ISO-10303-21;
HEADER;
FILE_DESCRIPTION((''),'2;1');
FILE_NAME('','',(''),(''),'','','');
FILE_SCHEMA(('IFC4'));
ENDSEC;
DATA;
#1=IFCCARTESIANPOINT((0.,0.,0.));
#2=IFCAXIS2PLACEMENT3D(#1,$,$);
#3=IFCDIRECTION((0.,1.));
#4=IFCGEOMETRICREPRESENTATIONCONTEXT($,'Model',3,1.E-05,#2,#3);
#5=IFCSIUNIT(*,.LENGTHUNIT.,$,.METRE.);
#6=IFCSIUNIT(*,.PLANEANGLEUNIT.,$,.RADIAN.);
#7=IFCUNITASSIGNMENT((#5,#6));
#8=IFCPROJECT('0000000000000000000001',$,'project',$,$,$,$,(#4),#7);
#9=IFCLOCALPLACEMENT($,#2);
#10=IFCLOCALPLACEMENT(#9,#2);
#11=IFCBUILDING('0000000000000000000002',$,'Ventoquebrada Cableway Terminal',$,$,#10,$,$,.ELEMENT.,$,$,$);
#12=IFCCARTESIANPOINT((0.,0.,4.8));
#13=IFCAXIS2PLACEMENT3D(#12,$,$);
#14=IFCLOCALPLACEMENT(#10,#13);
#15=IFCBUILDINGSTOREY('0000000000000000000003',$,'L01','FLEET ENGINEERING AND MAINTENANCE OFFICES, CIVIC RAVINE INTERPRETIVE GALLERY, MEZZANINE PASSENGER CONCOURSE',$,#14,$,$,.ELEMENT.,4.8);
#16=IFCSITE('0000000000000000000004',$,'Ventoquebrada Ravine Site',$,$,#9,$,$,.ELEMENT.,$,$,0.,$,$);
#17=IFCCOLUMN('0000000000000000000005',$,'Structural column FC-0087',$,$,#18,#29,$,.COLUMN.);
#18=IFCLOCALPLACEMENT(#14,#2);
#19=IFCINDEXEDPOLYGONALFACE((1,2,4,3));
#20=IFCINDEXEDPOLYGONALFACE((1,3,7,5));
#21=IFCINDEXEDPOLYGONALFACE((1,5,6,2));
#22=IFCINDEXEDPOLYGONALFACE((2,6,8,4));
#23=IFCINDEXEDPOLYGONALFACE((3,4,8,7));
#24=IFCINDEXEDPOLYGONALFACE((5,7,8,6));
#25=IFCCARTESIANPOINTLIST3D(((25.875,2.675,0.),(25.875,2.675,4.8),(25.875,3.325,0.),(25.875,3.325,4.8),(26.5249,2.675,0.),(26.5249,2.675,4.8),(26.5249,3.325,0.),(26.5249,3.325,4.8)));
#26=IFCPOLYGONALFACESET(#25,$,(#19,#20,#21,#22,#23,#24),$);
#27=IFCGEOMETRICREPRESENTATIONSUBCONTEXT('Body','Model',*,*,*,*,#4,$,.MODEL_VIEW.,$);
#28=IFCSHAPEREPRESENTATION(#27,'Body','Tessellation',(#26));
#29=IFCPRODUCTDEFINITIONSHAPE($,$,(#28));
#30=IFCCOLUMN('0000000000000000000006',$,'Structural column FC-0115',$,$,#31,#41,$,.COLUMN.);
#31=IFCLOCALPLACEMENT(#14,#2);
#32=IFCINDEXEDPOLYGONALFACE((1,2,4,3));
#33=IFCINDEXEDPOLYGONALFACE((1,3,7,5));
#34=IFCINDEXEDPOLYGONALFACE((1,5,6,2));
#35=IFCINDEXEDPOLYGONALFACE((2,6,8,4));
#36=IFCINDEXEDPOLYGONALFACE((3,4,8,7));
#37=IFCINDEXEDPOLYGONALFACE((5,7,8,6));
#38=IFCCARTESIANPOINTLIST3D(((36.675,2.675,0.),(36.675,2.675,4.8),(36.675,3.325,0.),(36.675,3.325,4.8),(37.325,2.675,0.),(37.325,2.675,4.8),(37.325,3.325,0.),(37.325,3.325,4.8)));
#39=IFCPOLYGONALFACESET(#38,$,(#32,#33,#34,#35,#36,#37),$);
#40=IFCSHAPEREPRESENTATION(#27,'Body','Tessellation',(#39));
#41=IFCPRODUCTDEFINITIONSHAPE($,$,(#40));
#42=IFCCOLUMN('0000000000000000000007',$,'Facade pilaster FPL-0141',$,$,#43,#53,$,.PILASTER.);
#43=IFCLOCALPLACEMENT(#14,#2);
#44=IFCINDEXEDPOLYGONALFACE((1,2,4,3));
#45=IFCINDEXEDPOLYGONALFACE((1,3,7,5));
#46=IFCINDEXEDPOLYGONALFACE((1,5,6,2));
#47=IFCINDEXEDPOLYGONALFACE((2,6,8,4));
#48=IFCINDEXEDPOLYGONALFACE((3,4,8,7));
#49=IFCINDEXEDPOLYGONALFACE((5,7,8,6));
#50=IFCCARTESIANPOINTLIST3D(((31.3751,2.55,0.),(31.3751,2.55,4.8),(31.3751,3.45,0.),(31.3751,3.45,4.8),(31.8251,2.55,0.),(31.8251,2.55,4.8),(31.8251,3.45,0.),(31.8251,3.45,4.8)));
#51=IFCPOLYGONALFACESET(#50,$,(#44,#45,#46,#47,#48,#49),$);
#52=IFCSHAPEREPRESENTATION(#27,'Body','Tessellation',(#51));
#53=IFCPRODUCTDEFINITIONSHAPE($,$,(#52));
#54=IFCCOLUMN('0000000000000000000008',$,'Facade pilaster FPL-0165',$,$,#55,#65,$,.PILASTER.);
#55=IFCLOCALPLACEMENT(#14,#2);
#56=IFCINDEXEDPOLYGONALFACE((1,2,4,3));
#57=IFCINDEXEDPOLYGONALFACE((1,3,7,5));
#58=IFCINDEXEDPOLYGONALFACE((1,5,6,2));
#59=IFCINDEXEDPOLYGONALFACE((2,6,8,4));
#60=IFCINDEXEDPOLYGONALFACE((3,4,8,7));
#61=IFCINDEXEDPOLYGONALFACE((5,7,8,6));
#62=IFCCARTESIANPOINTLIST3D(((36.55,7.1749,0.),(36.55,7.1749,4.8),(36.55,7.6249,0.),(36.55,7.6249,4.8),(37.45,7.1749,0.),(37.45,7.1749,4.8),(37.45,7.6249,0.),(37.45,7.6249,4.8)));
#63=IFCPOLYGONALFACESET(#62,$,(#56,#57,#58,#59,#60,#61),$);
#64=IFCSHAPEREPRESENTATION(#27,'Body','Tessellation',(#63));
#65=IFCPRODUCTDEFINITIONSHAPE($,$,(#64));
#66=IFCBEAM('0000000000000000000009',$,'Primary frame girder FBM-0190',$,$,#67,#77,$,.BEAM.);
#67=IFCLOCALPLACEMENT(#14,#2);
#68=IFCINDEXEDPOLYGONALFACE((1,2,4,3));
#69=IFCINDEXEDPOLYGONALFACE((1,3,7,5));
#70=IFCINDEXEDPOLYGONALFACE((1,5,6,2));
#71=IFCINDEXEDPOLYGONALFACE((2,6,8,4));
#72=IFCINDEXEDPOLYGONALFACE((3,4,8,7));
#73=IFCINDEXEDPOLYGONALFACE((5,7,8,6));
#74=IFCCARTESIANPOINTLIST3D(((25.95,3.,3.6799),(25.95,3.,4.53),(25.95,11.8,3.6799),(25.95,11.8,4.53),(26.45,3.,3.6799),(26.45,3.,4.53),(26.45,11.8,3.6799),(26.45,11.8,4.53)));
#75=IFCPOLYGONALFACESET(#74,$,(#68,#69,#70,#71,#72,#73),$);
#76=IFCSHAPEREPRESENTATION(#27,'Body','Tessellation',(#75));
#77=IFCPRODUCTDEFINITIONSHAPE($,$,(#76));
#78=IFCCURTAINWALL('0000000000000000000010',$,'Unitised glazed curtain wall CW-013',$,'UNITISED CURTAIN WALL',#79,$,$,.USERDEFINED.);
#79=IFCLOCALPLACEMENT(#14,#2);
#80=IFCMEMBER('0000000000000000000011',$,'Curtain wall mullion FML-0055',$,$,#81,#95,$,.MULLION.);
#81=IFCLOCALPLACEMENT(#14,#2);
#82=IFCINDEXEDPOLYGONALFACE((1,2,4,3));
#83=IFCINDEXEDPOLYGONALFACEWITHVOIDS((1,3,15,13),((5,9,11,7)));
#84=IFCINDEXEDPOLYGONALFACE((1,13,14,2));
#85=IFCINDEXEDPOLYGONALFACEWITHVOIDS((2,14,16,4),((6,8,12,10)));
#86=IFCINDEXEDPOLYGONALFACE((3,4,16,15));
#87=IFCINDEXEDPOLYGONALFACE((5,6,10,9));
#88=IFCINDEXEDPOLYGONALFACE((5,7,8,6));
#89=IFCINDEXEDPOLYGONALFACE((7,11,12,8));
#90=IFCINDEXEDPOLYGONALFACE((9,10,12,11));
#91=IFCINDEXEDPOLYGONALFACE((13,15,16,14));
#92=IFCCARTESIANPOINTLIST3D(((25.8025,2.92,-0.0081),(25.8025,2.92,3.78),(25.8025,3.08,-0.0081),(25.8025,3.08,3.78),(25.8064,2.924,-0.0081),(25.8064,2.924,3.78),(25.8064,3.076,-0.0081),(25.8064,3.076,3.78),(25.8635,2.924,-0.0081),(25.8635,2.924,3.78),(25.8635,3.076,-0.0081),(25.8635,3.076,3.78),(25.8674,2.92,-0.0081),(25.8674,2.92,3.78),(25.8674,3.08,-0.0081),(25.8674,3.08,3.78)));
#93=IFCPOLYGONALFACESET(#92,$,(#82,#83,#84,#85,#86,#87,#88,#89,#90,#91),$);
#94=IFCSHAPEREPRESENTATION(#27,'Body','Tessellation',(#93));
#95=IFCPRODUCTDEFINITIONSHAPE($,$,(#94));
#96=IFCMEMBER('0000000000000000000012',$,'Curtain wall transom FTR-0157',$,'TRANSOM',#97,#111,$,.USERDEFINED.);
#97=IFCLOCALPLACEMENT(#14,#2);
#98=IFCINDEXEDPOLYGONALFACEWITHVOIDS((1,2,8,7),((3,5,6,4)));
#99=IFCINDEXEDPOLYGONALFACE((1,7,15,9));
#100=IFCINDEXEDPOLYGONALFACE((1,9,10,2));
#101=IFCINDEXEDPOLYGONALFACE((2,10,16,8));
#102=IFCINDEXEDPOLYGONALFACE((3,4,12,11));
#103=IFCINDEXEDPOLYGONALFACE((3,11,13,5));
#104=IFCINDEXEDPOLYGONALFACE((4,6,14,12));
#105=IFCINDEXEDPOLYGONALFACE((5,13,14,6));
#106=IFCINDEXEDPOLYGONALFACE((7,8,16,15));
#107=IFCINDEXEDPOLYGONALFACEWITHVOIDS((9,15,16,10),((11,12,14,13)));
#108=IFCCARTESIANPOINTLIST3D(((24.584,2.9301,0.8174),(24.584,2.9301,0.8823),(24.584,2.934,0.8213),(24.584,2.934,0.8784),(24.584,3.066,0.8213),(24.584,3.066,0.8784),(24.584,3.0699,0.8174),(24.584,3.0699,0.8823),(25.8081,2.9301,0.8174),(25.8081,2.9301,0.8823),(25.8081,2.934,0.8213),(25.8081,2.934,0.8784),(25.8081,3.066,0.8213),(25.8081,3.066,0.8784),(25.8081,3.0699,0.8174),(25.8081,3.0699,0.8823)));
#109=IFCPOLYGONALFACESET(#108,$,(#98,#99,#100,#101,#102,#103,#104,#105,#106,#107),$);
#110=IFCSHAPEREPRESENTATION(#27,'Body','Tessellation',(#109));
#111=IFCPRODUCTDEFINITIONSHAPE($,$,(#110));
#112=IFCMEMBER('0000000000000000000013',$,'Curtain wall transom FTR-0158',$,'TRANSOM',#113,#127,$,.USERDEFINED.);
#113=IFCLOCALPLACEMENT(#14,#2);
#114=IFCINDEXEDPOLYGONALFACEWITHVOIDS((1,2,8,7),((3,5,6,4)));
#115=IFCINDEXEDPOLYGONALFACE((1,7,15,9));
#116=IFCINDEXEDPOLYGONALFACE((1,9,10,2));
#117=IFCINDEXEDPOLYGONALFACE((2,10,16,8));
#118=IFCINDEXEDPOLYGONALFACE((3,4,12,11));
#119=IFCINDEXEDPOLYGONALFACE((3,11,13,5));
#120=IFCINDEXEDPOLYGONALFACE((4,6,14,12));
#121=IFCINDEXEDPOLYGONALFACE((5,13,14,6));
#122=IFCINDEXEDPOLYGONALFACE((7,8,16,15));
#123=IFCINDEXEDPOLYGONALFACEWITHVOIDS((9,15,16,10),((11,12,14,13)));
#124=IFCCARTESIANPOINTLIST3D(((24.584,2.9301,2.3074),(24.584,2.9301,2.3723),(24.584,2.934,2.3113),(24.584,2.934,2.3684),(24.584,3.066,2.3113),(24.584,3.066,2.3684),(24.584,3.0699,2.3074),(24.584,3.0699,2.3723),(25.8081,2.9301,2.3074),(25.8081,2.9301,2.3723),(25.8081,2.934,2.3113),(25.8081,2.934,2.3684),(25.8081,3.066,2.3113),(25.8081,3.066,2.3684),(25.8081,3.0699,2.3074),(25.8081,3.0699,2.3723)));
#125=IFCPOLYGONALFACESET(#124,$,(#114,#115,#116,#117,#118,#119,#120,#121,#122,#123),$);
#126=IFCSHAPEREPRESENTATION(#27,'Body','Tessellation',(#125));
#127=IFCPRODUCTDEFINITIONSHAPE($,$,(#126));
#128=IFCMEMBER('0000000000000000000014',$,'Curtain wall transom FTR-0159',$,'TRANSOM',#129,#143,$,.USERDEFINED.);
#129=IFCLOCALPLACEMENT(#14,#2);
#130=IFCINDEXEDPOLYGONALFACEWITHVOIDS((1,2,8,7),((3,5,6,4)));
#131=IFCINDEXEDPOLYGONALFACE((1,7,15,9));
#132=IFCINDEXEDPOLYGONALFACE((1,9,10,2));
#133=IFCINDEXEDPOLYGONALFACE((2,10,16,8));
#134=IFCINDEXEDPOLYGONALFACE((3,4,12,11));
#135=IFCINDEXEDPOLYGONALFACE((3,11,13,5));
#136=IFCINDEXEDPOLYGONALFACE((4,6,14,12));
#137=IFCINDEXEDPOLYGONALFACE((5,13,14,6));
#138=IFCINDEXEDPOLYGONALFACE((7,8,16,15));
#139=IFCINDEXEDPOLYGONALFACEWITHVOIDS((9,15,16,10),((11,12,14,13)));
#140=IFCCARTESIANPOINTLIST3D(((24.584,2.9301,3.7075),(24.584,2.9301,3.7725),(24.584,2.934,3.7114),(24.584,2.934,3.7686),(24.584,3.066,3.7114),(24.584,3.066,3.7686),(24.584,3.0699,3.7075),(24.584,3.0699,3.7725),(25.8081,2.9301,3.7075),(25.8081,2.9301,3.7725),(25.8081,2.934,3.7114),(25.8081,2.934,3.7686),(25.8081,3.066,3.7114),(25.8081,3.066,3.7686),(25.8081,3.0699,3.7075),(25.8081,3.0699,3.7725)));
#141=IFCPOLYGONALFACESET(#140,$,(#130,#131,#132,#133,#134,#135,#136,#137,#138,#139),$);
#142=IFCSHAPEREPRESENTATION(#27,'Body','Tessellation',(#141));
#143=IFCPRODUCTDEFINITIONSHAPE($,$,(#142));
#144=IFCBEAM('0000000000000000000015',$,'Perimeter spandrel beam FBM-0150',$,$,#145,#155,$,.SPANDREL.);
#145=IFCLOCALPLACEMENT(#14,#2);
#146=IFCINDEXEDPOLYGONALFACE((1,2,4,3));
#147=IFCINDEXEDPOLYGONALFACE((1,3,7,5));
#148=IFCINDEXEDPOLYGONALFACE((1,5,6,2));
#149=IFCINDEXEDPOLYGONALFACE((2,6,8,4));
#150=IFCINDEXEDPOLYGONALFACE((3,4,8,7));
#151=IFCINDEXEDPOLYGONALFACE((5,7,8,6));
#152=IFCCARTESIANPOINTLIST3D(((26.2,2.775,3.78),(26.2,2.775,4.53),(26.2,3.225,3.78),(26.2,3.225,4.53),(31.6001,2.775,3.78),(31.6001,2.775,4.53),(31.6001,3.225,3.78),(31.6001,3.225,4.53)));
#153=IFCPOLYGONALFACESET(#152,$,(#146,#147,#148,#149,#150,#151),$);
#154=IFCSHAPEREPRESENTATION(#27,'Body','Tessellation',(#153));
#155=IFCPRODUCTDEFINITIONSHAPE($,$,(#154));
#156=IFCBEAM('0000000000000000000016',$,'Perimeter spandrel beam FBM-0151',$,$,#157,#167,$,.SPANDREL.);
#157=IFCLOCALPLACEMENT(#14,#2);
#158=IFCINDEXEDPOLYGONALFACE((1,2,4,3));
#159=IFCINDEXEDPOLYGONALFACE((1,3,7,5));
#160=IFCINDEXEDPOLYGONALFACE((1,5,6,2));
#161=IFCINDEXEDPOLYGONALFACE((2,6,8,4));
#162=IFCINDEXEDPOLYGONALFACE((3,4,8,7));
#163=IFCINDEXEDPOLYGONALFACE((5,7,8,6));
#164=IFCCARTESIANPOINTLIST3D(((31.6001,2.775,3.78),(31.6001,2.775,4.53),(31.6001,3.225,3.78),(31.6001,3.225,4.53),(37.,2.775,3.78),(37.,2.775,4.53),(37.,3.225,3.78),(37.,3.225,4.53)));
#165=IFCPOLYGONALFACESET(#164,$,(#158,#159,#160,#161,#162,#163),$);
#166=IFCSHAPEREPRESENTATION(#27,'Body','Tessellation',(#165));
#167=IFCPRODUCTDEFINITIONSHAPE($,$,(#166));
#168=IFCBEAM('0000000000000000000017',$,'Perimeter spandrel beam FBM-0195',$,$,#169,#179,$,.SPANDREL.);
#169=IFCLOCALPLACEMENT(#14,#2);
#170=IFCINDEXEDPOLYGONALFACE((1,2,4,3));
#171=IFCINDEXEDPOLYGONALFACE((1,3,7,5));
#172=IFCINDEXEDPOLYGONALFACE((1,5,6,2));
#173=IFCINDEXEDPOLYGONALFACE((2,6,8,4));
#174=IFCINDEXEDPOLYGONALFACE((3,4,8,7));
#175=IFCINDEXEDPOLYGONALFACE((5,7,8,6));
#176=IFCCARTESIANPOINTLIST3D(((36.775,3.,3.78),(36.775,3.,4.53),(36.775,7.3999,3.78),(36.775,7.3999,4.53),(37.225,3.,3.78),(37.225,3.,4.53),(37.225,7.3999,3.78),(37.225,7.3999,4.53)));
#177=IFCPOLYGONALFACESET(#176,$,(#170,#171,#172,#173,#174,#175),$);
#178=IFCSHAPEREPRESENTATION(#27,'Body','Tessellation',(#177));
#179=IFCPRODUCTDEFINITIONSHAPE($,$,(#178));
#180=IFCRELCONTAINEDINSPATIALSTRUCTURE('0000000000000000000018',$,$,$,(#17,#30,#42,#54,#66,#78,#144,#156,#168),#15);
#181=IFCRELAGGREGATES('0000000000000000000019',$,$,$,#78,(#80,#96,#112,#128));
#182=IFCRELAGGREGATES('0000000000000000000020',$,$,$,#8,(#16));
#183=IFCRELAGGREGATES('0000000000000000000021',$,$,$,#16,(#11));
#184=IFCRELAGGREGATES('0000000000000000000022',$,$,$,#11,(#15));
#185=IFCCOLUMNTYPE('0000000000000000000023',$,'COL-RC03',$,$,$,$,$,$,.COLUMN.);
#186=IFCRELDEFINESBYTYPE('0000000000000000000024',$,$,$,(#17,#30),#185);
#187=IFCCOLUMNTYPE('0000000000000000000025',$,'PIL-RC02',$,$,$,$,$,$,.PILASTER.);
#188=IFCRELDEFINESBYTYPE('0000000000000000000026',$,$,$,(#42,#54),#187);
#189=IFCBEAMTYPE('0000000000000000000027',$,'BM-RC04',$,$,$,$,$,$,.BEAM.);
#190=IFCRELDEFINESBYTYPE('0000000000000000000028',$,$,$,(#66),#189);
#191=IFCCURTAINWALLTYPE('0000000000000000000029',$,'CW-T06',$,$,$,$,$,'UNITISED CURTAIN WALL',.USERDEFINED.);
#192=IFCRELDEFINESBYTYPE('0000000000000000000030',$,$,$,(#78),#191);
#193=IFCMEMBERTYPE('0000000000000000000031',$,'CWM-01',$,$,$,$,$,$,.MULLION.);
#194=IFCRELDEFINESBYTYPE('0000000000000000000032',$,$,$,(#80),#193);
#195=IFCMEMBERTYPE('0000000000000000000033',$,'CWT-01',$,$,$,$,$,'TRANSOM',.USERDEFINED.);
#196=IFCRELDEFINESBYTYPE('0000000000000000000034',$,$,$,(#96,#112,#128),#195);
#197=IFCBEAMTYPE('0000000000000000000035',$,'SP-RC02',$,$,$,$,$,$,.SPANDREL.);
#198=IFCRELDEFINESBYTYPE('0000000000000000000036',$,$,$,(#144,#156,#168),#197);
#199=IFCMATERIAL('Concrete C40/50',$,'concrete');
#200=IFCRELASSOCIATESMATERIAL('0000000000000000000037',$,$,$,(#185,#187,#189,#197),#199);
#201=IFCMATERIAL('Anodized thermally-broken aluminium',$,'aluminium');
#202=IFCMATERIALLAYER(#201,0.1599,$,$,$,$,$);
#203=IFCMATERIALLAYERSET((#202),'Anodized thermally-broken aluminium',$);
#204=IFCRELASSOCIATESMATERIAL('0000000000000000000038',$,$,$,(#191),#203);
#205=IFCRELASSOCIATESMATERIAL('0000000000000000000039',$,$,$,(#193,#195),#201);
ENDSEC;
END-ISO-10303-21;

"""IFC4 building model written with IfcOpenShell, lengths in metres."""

from ifc_helpers import new_model, si_unit, direction, frame, origin, origin_2d, place, context, subcontext, project, spatial, rectangle, hollow_rectangle, extrude, material, layer, layer_set, material_profile, profile_set, type_object, element, aggregate, save


model = new_model("IFC4")

# Units and contexts
model_context = context("Model", 3, precision=1e-05, world=origin(), true_north=direction((0.0, 1.0)))
body_context = subcontext(model_context, "Body", "Model", "MODEL_VIEW")
ifc_project = project(units=[si_unit("LENGTHUNIT", "METRE"), si_unit("PLANEANGLEUNIT", "RADIAN")], contexts=[model_context])

# Site, building, storey
site_placement = place(None, origin())
site = spatial("IfcSite", under=ifc_project, at=site_placement, Name="Ventoquebrada Ravine Site", CompositionType="ELEMENT", RefElevation=0.0)
building_placement = place(site_placement, origin())
building = spatial("IfcBuilding", under=site, at=building_placement, Name="Ventoquebrada Cableway Terminal", CompositionType="ELEMENT")
storey_placement = place(building_placement, frame((0.0, 0.0, 4.8)))
storey = spatial("IfcBuildingStorey", under=building, at=storey_placement, Name="L01", Description="FLEET ENGINEERING AND MAINTENANCE OFFICES, CIVIC RAVINE INTERPRETIVE GALLERY, MEZZANINE PASSENGER CONCOURSE", CompositionType="ELEMENT", Elevation=4.8)

# Columns
ifc_material_1 = material(Name="Concrete C40/50", Category="concrete")
ifc_material_profile_1 = material_profile(ifc_material_1, rectangle(XDim=0.6499, YDim=0.6499, at=origin_2d()), Name="RC-COL-650X650")
ifc_profile_set_1 = profile_set([ifc_material_profile_1], Name="Concrete C40/50")
column_type_1 = type_object("IfcColumnType", Name="COL-RC03", PredefinedType="COLUMN", material=ifc_profile_set_1)
for number, where, z_axis, x_axis, name in (
    (1, (26.2, 3.0, 0.0), (0.0, 0.0, 1.0), (1.0, 0.0, 0.0), "Structural column FC-0087"),
    (2, (37.0, 3.0, 0.0), (0.0, 0.0, 1.0), (1.0, 0.0, 0.0), "Structural column FC-0115"),
):
    element("IfcColumn", number, at=place(storey_placement, frame(where, z_axis=z_axis, x_axis=x_axis)), inside=storey, type_object=column_type_1, Name=name, PredefinedType="COLUMN", context=body_context, shape_type="SweptSolid", body=[
        extrude(rectangle(XDim=0.6499, YDim=0.6499, at=origin_2d()), origin(), (0.0, 0.0, 1.0), 4.8),
    ])
ifc_material_profile_2 = material_profile(ifc_material_1, rectangle(XDim=0.45, YDim=0.8999, at=origin_2d()), Name="RC-PIL-450X900")
ifc_profile_set_2 = profile_set([ifc_material_profile_2], Name="Concrete C40/50")
column_type_2 = type_object("IfcColumnType", Name="PIL-RC02", PredefinedType="PILASTER", material=ifc_profile_set_2)
for number, where, z_axis, x_axis, name in (
    (3, (31.6001, 3.0, 0.0), (0.0, 0.0, 1.0), (1.0, 0.0, 0.0), "Facade pilaster FPL-0141"),
    (4, (37.0, 7.3999, 0.0), (0.0, 0.0, 1.0), (0.0, 1.0, 0.0), "Facade pilaster FPL-0165"),
):
    element("IfcColumn", number, at=place(storey_placement, frame(where, z_axis=z_axis, x_axis=x_axis)), inside=storey, type_object=column_type_2, Name=name, PredefinedType="PILASTER", context=body_context, shape_type="SweptSolid", body=[
        extrude(rectangle(XDim=0.45, YDim=0.8999, at=origin_2d()), origin(), (0.0, 0.0, 1.0), 4.8),
    ])

# Beam
ifc_material_profile_3 = material_profile(ifc_material_1, rectangle(XDim=0.5, YDim=0.8501, at=origin_2d()), Name="RC-BM-500X850")
ifc_profile_set_3 = profile_set([ifc_material_profile_3], Name="Concrete C40/50")
beam_type_1 = type_object("IfcBeamType", Name="BM-RC04", PredefinedType="BEAM", material=ifc_profile_set_3)
beam_1_placement = place(storey_placement, frame((26.2, 3.0, 4.105), z_axis=(0.0, 1.0, 0.0), x_axis=(-1.0, 0.0, 0.0)))
element("IfcBeam", 5, at=beam_1_placement, inside=storey, type_object=beam_type_1, Name="Primary frame girder FBM-0190", PredefinedType="BEAM", context=body_context, shape_type="SweptSolid", body=[
    extrude(rectangle(XDim=0.5, YDim=0.8501, at=origin_2d()), origin(), (0.0, 0.0, 1.0), 8.8),
])

# Curtain wall, members
ifc_material_2 = material(Name="Anodized thermally-broken aluminium", Category="aluminium")
ifc_layer_1 = layer(ifc_material_2, 0.1599)
ifc_layer_set_1 = layer_set([ifc_layer_1], Name="Anodized thermally-broken aluminium")
curtain_wall_type = type_object("IfcCurtainWallType", Name="CW-T06", ElementType="UNITISED CURTAIN WALL", PredefinedType="USERDEFINED", material=ifc_layer_set_1)
curtain_wall_placement = place(storey_placement, origin())
curtain_wall = element("IfcCurtainWall", 6, at=curtain_wall_placement, inside=storey, type_object=curtain_wall_type, Name="Unitised glazed curtain wall CW-013", ObjectType="UNITISED CURTAIN WALL", PredefinedType="USERDEFINED")
ifc_material_profile_4 = material_profile(ifc_material_2, hollow_rectangle(XDim=0.0649, YDim=0.1599, WallThickness=0.0039, at=origin_2d()), Name="CW-MUL-65X160")
ifc_profile_set_4 = profile_set([ifc_material_profile_4], Name="Anodized thermally-broken aluminium")
member_type_1 = type_object("IfcMemberType", Name="CWM-01", PredefinedType="MULLION", material=ifc_profile_set_4)
member_1_placement = place(storey_placement, frame((25.835, 3.0, -0.0081), z_axis=(0.0, 0.0, 1.0), x_axis=(1.0, 0.0, 0.0)))
member_1 = element("IfcMember", 7, at=member_1_placement, type_object=member_type_1, Name="Curtain wall mullion FML-0055", PredefinedType="MULLION", context=body_context, shape_type="SweptSolid", body=[
    extrude(hollow_rectangle(XDim=0.0649, YDim=0.1599, WallThickness=0.0039, at=origin_2d()), origin(), (0.0, 0.0, 1.0), 3.7881),
])
ifc_material_profile_5 = material_profile(ifc_material_2, hollow_rectangle(XDim=0.0649, YDim=0.1399, WallThickness=0.0039, at=origin_2d()), Name="CW-TRN-65X140")
ifc_profile_set_5 = profile_set([ifc_material_profile_5], Name="Anodized thermally-broken aluminium")
member_type_2 = type_object("IfcMemberType", Name="CWT-01", ElementType="TRANSOM", PredefinedType="USERDEFINED", material=ifc_profile_set_5)
member_2_placement = place(storey_placement, frame((24.584, 3.0, 0.8499), z_axis=(1.0, 0.0, 0.0), x_axis=(0.0, 0.0, 1.0)))
member_2 = element("IfcMember", 8, at=member_2_placement, type_object=member_type_2, Name="Curtain wall transom FTR-0157", ObjectType="TRANSOM", PredefinedType="USERDEFINED", context=body_context, shape_type="SweptSolid", body=[
    extrude(hollow_rectangle(XDim=0.0649, YDim=0.1399, WallThickness=0.0039, at=origin_2d()), origin(), (0.0, 0.0, 1.0), 1.2241),
])
member_3_placement = place(storey_placement, frame((24.584, 3.0, 2.3398), z_axis=(1.0, 0.0, 0.0), x_axis=(0.0, 0.0, 1.0)))
member_3 = element("IfcMember", 9, at=member_3_placement, type_object=member_type_2, Name="Curtain wall transom FTR-0158", ObjectType="TRANSOM", PredefinedType="USERDEFINED", context=body_context, shape_type="SweptSolid", body=[
    extrude(hollow_rectangle(XDim=0.0649, YDim=0.1399, WallThickness=0.0039, at=origin_2d()), origin(), (0.0, 0.0, 1.0), 1.2241),
])
member_4_placement = place(storey_placement, frame((24.584, 3.0, 3.74), z_axis=(1.0, 0.0, 0.0), x_axis=(0.0, 0.0, 1.0)))
member_4 = element("IfcMember", 10, at=member_4_placement, type_object=member_type_2, Name="Curtain wall transom FTR-0159", ObjectType="TRANSOM", PredefinedType="USERDEFINED", context=body_context, shape_type="SweptSolid", body=[
    extrude(hollow_rectangle(XDim=0.0649, YDim=0.1399, WallThickness=0.0039, at=origin_2d()), origin(), (0.0, 0.0, 1.0), 1.2241),
])

# Beams
ifc_material_profile_6 = material_profile(ifc_material_1, rectangle(XDim=0.45, YDim=0.75, at=origin_2d()), Name="RC-BM-450X750")
ifc_profile_set_6 = profile_set([ifc_material_profile_6], Name="Concrete C40/50")
beam_type_2 = type_object("IfcBeamType", Name="SP-RC02", PredefinedType="SPANDREL", material=ifc_profile_set_6)
beam_2_placement = place(storey_placement, frame((26.2, 3.0, 4.155), z_axis=(1.0, 0.0, 0.0), x_axis=(0.0, 1.0, 0.0)))
element("IfcBeam", 11, at=beam_2_placement, inside=storey, type_object=beam_type_2, Name="Perimeter spandrel beam FBM-0150", PredefinedType="SPANDREL", context=body_context, shape_type="SweptSolid", body=[
    extrude(rectangle(XDim=0.45, YDim=0.75, at=origin_2d()), origin(), (0.0, 0.0, 1.0), 5.4001),
])
beam_3_placement = place(storey_placement, frame((31.6001, 3.0, 4.155), z_axis=(1.0, 0.0, 0.0), x_axis=(0.0, 1.0, 0.0)))
element("IfcBeam", 12, at=beam_3_placement, inside=storey, type_object=beam_type_2, Name="Perimeter spandrel beam FBM-0151", PredefinedType="SPANDREL", context=body_context, shape_type="SweptSolid", body=[
    extrude(rectangle(XDim=0.45, YDim=0.75, at=origin_2d()), origin(), (0.0, 0.0, 1.0), 5.3999),
])
beam_4_placement = place(storey_placement, frame((37.0, 3.0, 4.155), z_axis=(0.0, 1.0, 0.0), x_axis=(-1.0, 0.0, 0.0)))
element("IfcBeam", 13, at=beam_4_placement, inside=storey, type_object=beam_type_2, Name="Perimeter spandrel beam FBM-0195", PredefinedType="SPANDREL", context=body_context, shape_type="SweptSolid", body=[
    extrude(rectangle(XDim=0.45, YDim=0.75, at=origin_2d()), origin(), (0.0, 0.0, 1.0), 4.3999),
])

aggregate(curtain_wall, [member_1, member_2, member_3, member_4])

save(model, "model.ifc")
